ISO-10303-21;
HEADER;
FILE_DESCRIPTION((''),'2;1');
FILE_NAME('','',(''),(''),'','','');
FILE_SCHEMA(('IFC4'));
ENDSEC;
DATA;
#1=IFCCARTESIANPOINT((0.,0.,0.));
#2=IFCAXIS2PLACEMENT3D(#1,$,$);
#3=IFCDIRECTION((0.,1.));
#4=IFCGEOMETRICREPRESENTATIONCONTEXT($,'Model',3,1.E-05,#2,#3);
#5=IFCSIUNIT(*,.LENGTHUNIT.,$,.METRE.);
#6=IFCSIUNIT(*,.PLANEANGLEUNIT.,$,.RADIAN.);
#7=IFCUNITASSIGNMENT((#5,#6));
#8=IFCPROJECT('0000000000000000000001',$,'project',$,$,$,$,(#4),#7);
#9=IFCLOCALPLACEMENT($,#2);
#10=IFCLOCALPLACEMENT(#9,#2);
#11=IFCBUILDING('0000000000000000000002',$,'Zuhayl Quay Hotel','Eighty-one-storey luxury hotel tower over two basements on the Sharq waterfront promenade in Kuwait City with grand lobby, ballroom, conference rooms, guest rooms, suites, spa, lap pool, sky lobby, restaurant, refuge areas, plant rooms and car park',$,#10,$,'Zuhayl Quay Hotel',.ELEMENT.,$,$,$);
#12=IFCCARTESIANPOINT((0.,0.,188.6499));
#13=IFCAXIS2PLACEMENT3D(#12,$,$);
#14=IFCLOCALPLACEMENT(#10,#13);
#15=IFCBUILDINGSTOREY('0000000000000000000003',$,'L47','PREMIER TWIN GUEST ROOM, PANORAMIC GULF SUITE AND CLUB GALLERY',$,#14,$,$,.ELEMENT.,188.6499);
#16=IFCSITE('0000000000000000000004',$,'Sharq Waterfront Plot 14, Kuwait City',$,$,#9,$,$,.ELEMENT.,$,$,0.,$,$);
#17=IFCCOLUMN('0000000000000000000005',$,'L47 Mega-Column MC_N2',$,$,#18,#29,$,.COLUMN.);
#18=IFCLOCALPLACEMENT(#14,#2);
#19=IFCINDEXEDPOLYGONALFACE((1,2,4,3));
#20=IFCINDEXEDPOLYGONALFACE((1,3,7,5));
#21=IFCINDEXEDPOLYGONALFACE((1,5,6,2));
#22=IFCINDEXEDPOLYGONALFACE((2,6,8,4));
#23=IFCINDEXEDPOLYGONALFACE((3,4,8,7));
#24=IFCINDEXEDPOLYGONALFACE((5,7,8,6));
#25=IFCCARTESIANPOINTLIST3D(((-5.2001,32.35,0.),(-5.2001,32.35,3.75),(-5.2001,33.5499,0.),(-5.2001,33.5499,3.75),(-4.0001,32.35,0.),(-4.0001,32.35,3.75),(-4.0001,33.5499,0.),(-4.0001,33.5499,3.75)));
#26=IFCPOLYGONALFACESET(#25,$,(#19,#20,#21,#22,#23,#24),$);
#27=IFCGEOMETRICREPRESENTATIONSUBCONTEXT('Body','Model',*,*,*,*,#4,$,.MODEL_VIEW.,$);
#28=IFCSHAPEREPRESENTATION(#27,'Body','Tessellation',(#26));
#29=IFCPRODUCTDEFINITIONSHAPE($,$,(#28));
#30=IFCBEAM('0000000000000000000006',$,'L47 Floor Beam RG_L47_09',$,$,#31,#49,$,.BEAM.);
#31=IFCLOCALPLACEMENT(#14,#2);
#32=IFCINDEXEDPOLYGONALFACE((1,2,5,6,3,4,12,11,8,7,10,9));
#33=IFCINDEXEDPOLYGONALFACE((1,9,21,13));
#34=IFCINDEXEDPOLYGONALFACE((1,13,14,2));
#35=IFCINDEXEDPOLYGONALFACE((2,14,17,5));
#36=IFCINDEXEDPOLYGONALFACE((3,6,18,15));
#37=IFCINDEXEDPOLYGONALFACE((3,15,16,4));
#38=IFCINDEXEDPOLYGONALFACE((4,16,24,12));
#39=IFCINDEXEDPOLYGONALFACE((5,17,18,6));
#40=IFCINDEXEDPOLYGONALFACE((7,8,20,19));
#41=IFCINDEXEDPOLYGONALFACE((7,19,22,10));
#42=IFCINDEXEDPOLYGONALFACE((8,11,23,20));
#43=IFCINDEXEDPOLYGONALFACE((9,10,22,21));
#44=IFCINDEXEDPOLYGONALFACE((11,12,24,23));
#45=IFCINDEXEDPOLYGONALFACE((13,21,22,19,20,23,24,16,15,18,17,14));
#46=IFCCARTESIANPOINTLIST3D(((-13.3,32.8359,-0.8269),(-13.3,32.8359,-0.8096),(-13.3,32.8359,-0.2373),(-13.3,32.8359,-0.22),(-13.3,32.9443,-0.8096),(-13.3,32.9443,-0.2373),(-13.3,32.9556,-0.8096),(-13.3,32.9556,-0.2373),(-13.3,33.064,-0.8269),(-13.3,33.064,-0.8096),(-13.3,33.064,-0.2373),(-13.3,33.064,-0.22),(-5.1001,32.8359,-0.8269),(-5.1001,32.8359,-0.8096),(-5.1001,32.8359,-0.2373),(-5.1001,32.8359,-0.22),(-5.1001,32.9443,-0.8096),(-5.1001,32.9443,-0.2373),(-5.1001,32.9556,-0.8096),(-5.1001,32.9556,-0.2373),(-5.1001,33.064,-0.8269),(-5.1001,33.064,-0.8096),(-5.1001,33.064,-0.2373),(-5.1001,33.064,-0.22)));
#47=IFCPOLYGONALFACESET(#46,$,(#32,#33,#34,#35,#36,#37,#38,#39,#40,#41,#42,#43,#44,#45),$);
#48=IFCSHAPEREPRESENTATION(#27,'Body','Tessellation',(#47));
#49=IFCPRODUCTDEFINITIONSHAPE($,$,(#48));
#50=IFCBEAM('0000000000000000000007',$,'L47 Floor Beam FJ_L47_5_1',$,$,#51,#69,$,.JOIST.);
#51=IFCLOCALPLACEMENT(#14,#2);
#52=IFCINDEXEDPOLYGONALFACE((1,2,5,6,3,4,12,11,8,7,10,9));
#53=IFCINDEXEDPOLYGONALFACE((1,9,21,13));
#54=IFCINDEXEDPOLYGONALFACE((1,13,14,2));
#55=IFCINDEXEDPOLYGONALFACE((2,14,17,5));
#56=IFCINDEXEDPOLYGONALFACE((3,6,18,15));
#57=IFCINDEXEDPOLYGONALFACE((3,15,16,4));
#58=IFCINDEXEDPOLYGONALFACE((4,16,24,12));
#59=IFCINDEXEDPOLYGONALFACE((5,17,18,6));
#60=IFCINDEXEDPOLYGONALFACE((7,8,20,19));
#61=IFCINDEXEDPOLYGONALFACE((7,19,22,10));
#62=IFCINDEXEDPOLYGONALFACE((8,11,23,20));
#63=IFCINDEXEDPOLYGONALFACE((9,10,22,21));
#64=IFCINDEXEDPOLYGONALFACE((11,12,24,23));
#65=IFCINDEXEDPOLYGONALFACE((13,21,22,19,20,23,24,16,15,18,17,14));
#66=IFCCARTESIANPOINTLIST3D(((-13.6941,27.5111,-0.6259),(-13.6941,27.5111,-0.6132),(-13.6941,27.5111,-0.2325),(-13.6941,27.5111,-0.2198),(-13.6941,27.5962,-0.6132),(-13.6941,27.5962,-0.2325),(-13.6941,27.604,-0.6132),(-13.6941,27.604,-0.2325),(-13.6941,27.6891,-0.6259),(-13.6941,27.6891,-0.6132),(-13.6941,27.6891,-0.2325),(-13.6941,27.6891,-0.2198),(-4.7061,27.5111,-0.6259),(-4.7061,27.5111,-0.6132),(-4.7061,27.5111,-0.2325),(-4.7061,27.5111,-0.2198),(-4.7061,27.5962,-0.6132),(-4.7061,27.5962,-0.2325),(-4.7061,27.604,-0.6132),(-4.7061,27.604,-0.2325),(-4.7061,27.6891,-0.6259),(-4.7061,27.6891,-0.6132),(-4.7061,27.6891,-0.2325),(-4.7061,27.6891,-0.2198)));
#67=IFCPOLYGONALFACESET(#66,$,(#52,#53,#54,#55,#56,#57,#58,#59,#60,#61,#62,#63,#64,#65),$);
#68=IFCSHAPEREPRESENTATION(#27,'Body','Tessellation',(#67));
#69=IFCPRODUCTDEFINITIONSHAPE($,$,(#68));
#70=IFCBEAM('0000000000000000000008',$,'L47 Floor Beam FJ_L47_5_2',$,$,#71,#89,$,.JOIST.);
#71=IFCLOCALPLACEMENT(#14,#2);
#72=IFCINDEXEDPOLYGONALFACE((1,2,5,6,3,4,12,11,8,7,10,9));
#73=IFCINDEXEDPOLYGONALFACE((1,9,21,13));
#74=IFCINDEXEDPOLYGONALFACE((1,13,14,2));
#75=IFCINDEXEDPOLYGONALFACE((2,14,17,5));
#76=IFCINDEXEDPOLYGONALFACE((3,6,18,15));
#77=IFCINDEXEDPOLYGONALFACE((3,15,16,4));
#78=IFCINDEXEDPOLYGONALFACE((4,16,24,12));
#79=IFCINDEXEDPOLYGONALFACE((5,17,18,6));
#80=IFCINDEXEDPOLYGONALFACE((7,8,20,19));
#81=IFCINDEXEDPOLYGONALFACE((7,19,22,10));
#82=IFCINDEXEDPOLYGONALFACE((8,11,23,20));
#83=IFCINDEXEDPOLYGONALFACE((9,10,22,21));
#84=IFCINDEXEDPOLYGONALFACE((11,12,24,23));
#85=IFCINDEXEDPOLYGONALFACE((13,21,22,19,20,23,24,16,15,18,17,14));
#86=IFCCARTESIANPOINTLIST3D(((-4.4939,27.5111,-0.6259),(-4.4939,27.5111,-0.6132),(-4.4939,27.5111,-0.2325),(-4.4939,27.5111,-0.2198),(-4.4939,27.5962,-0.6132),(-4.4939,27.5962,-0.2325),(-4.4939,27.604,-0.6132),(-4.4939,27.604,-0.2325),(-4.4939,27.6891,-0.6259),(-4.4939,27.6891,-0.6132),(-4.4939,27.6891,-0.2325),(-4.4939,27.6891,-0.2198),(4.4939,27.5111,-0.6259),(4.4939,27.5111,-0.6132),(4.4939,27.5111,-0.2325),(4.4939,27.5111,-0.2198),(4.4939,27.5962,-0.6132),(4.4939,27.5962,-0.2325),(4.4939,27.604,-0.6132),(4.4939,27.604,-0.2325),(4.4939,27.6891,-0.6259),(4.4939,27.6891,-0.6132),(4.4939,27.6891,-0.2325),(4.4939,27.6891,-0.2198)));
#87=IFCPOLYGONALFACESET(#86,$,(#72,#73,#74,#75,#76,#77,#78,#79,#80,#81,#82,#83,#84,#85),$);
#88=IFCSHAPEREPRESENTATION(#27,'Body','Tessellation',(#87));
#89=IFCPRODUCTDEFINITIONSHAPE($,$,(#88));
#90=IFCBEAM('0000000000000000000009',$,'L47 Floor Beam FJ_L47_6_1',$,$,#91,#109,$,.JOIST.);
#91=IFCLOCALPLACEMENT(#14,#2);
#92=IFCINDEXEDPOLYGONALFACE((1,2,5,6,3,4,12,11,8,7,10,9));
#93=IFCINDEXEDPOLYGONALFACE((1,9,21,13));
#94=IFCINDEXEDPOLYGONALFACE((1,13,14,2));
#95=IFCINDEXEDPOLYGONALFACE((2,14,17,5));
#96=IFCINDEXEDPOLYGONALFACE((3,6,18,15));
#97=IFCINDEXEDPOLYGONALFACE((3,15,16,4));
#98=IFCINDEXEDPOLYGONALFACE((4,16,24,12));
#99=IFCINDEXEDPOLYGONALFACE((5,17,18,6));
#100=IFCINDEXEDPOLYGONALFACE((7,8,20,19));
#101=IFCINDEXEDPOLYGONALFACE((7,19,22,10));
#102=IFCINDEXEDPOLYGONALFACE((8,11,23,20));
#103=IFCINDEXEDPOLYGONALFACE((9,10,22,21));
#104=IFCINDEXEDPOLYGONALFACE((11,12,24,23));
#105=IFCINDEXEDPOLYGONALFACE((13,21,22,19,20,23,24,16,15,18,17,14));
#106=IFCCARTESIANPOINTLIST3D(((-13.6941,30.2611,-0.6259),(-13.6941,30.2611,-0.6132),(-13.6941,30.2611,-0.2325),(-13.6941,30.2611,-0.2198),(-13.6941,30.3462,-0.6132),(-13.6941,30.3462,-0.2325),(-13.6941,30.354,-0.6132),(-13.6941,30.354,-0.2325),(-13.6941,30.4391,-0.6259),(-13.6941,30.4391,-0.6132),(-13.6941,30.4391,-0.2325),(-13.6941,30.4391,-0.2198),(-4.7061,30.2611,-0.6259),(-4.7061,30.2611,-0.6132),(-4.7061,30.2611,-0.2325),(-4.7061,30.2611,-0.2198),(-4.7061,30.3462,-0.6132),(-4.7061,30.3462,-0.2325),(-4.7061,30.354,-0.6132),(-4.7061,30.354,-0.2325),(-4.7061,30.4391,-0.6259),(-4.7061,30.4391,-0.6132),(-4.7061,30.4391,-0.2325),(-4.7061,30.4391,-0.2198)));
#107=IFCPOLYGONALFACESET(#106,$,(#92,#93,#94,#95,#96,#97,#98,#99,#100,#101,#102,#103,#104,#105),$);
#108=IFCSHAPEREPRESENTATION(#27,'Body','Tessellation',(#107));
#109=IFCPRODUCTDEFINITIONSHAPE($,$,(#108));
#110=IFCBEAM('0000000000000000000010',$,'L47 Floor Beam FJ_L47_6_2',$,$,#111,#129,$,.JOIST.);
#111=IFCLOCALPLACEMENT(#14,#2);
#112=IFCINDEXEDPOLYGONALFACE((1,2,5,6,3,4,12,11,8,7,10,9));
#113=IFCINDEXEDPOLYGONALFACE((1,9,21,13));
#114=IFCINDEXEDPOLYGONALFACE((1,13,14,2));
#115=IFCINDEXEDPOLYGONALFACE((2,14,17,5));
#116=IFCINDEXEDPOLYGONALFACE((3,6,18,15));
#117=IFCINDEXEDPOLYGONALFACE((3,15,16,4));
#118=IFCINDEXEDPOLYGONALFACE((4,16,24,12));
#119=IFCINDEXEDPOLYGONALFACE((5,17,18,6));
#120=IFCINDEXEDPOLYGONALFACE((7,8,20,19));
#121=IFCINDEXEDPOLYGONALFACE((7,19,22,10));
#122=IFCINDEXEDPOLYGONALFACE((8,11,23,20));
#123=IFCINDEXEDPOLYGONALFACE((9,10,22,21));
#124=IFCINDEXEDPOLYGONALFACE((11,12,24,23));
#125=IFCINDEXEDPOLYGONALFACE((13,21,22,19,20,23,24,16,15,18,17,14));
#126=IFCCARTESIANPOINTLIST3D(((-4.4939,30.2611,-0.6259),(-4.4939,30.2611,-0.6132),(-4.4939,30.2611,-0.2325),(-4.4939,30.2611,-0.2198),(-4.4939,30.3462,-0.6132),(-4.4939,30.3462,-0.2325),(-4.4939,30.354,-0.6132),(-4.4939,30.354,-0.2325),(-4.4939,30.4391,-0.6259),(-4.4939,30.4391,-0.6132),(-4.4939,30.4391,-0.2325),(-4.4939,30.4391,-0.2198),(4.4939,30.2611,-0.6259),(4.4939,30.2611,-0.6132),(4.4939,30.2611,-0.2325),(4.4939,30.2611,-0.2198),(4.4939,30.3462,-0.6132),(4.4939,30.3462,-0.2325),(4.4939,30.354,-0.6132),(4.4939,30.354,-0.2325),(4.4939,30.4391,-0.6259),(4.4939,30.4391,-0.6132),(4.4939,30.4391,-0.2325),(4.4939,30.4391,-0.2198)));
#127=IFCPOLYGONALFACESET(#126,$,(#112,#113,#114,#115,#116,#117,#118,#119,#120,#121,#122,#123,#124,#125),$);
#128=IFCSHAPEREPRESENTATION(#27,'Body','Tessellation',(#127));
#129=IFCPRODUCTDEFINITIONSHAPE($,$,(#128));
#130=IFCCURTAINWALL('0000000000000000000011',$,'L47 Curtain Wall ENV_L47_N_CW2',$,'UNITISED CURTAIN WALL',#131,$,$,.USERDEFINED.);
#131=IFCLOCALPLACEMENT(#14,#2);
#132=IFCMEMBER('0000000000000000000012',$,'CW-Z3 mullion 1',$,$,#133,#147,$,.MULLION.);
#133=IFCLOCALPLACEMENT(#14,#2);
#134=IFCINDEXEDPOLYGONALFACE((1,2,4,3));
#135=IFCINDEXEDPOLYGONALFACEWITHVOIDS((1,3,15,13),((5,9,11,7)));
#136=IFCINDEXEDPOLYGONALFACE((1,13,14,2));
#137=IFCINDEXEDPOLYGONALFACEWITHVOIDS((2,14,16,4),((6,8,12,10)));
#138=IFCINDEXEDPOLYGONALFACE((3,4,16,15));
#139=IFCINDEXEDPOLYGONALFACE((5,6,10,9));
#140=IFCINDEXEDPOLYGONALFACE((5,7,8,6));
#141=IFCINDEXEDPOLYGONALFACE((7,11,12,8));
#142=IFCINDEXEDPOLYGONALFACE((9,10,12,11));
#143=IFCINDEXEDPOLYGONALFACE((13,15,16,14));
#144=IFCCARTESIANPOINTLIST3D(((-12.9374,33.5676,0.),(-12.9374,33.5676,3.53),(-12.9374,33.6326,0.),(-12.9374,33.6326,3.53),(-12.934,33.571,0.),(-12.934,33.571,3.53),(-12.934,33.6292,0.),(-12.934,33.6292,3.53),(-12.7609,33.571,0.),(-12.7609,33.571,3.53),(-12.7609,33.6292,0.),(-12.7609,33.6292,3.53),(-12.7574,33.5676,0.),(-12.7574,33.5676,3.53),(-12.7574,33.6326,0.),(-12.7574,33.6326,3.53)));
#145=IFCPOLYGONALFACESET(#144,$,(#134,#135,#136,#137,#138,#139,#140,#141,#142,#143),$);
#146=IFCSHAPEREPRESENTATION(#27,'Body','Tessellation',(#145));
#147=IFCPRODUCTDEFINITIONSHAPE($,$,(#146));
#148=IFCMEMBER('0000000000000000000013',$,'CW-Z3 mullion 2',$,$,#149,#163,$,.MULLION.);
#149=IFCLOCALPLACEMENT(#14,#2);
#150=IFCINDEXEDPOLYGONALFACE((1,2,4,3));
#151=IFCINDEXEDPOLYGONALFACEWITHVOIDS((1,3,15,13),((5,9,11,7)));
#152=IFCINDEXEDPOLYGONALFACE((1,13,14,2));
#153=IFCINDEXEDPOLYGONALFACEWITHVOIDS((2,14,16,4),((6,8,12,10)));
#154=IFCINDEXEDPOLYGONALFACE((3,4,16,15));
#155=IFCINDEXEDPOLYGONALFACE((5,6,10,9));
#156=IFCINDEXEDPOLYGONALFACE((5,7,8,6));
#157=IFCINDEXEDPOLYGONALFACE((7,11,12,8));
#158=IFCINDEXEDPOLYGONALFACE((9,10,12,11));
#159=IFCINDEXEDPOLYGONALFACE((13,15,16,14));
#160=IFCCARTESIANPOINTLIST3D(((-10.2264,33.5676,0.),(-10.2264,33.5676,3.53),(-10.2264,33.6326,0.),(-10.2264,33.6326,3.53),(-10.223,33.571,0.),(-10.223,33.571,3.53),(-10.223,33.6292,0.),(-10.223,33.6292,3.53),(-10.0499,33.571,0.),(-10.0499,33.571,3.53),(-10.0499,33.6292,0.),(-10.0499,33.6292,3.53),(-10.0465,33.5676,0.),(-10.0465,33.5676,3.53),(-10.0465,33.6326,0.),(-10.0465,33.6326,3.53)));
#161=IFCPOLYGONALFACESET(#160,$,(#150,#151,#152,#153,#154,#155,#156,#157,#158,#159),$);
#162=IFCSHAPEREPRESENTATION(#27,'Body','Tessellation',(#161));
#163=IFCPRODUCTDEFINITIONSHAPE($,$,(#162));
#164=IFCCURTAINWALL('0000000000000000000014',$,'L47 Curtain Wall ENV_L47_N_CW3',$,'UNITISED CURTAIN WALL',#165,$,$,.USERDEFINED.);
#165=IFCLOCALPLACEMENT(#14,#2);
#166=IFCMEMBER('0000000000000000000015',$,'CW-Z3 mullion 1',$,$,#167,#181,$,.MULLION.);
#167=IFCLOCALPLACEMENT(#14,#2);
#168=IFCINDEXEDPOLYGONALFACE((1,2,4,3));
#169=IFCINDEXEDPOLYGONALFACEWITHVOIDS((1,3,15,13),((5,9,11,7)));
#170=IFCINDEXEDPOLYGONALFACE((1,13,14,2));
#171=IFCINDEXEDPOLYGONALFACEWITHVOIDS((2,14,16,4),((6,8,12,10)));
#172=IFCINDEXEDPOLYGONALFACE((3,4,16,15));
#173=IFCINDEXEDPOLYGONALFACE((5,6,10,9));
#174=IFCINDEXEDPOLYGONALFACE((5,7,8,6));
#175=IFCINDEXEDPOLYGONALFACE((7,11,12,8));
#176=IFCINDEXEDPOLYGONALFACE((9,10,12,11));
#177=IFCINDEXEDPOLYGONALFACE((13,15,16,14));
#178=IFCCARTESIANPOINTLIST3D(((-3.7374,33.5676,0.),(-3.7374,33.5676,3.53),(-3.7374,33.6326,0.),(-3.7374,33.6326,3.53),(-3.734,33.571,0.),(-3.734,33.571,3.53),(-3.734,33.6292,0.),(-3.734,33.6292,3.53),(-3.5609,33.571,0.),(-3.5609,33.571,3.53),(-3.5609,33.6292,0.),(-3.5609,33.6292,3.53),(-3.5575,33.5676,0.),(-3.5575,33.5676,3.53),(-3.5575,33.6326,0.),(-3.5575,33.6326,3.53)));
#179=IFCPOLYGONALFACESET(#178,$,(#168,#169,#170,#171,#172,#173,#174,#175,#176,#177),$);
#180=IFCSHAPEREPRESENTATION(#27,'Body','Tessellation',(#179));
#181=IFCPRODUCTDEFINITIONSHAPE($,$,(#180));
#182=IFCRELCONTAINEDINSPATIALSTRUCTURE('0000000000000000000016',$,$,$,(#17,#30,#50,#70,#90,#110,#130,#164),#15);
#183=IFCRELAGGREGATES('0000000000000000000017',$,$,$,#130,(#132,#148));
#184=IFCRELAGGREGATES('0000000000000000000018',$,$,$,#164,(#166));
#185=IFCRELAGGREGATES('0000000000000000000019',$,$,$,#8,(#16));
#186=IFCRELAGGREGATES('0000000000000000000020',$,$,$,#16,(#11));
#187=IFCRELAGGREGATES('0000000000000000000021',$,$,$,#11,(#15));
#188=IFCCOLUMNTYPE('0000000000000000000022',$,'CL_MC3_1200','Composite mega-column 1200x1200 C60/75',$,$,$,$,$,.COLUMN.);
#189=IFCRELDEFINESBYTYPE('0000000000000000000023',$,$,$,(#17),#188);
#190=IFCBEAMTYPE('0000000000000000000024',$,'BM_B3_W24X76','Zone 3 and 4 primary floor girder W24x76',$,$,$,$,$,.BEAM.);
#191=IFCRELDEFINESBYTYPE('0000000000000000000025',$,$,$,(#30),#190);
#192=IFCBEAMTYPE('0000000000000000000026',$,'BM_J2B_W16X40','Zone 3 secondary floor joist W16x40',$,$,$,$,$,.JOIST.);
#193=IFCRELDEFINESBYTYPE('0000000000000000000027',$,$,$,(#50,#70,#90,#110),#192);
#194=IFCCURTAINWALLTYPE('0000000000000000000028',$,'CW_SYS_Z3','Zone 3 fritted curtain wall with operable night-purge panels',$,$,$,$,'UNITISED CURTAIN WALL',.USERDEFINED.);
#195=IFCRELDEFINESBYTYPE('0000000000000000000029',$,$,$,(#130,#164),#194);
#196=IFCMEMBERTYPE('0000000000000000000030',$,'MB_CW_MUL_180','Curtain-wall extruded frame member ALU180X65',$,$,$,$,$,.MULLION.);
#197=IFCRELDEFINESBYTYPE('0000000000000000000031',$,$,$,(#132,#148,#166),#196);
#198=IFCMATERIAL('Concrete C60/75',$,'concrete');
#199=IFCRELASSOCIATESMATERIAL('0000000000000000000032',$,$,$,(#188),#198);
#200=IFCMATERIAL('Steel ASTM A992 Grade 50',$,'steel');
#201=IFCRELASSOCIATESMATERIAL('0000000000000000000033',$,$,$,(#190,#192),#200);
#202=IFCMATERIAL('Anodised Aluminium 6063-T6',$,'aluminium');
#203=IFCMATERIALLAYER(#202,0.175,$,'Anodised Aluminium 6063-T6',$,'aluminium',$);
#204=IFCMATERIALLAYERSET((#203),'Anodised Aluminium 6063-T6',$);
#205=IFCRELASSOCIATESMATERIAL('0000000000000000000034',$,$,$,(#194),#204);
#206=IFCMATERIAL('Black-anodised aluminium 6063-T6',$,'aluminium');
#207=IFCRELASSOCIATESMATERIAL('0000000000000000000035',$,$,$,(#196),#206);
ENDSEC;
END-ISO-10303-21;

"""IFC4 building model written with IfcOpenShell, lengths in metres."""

from ifc_helpers import new_model, si_unit, direction, frame, origin, origin_2d, place, context, subcontext, project, spatial, rectangle, hollow_rectangle, i_section, extrude, material, layer, layer_set, material_profile, profile_set, type_object, element, aggregate, save


model = new_model("IFC4")

# Units and contexts
model_context = context("Model", 3, precision=1e-05, world=origin(), true_north=direction((0.0, 1.0)))
body_context = subcontext(model_context, "Body", "Model", "MODEL_VIEW")
ifc_project = project(units=[si_unit("LENGTHUNIT", "METRE"), si_unit("PLANEANGLEUNIT", "RADIAN")], contexts=[model_context])

# Site, building, storey
site_placement = place(None, origin())
site = spatial("IfcSite", under=ifc_project, at=site_placement, Name="Sharq Waterfront Plot 14, Kuwait City", CompositionType="ELEMENT", RefElevation=0.0)
building_placement = place(site_placement, origin())
building = spatial("IfcBuilding", under=site, at=building_placement, Name="Zuhayl Quay Hotel", Description="Eighty-one-storey luxury hotel tower over two basements on the Sharq waterfront promenade in Kuwait City with grand lobby, ballroom, conference rooms, guest rooms, suites, spa, lap pool, sky lobby, restaurant, refuge areas, plant rooms and car park", LongName="Zuhayl Quay Hotel", CompositionType="ELEMENT")
storey_placement = place(building_placement, frame((0.0, 0.0, 188.6499)))
storey = spatial("IfcBuildingStorey", under=building, at=storey_placement, Name="L47", Description="PREMIER TWIN GUEST ROOM, PANORAMIC GULF SUITE AND CLUB GALLERY", CompositionType="ELEMENT", Elevation=188.6499)

# Column
ifc_material_1 = material(Name="Concrete C60/75", Category="concrete")
ifc_material_profile_1 = material_profile(ifc_material_1, rectangle(XDim=1.2, YDim=1.2, at=origin_2d()), Name="RC1200X1200")
ifc_profile_set_1 = profile_set([ifc_material_profile_1], Name="Concrete C60/75")
column_type = type_object("IfcColumnType", Name="CL_MC3_1200", Description="Composite mega-column 1200x1200 C60/75", PredefinedType="COLUMN", material=ifc_profile_set_1)
column_placement = place(storey_placement, frame((-4.6001, 32.95, 0.0), z_axis=(0.0, 0.0, 1.0), x_axis=(1.0, 0.0, 0.0)))
element("IfcColumn", 1, at=column_placement, inside=storey, type_object=column_type, Name="L47 Mega-Column MC_N2", PredefinedType="COLUMN", context=body_context, shape_type="SweptSolid", body=[
    extrude(rectangle(XDim=1.2, YDim=1.2, at=origin_2d()), origin(), (0.0, 0.0, 1.0), 3.75),
])

# Beams
ifc_material_2 = material(Name="Steel ASTM A992 Grade 50", Category="steel")
ifc_material_profile_2 = material_profile(ifc_material_2, i_section(OverallWidth=0.228, OverallDepth=0.6069, WebThickness=0.0112, FlangeThickness=0.0173, at=origin_2d()), Name="W24X76")
ifc_profile_set_2 = profile_set([ifc_material_profile_2], Name="Steel ASTM A992 Grade 50")
beam_type_1 = type_object("IfcBeamType", Name="BM_B3_W24X76", Description="Zone 3 and 4 primary floor girder W24x76", PredefinedType="BEAM", material=ifc_profile_set_2)
beam_1_placement = place(storey_placement, frame((-5.1001, 32.95, -0.5234), z_axis=(-1.0, 0.0, 0.0), x_axis=(0.0, -1.0, 0.0)))
element("IfcBeam", 2, at=beam_1_placement, inside=storey, type_object=beam_type_1, Name="L47 Floor Beam RG_L47_09", PredefinedType="BEAM", context=body_context, shape_type="SweptSolid", body=[
    extrude(i_section(OverallWidth=0.228, OverallDepth=0.6069, WebThickness=0.0112, FlangeThickness=0.0173, at=origin_2d()), origin(), (0.0, 0.0, 1.0), 8.2),
])
ifc_material_profile_3 = material_profile(ifc_material_2, i_section(OverallWidth=0.178, OverallDepth=0.406, WebThickness=0.0078, FlangeThickness=0.0127, at=origin_2d()), Name="W16X40")
ifc_profile_set_3 = profile_set([ifc_material_profile_3], Name="Steel ASTM A992 Grade 50")
beam_type_2 = type_object("IfcBeamType", Name="BM_J2B_W16X40", Description="Zone 3 secondary floor joist W16x40", PredefinedType="JOIST", material=ifc_profile_set_3)
beam_2_placement = place(storey_placement, frame((-13.6941, 27.6001, -0.4229), z_axis=(1.0, 0.0, 0.0), x_axis=(0.0, 1.0, 0.0)))
element("IfcBeam", 3, at=beam_2_placement, inside=storey, type_object=beam_type_2, Name="L47 Floor Beam FJ_L47_5_1", PredefinedType="JOIST", context=body_context, shape_type="SweptSolid", body=[
    extrude(i_section(OverallWidth=0.178, OverallDepth=0.406, WebThickness=0.0078, FlangeThickness=0.0127, at=origin_2d()), origin(), (0.0, 0.0, 1.0), 8.988),
])
beam_3_placement = place(storey_placement, frame((-4.4939, 27.6001, -0.4229), z_axis=(1.0, 0.0, 0.0), x_axis=(0.0, 1.0, 0.0)))
element("IfcBeam", 4, at=beam_3_placement, inside=storey, type_object=beam_type_2, Name="L47 Floor Beam FJ_L47_5_2", PredefinedType="JOIST", context=body_context, shape_type="SweptSolid", body=[
    extrude(i_section(OverallWidth=0.178, OverallDepth=0.406, WebThickness=0.0078, FlangeThickness=0.0127, at=origin_2d()), origin(), (0.0, 0.0, 1.0), 8.9878),
])
beam_4_placement = place(storey_placement, frame((-13.6941, 30.3501, -0.4229), z_axis=(1.0, 0.0, 0.0), x_axis=(0.0, 1.0, 0.0)))
element("IfcBeam", 5, at=beam_4_placement, inside=storey, type_object=beam_type_2, Name="L47 Floor Beam FJ_L47_6_1", PredefinedType="JOIST", context=body_context, shape_type="SweptSolid", body=[
    extrude(i_section(OverallWidth=0.178, OverallDepth=0.406, WebThickness=0.0078, FlangeThickness=0.0127, at=origin_2d()), origin(), (0.0, 0.0, 1.0), 8.988),
])
beam_5_placement = place(storey_placement, frame((-4.4939, 30.3501, -0.4229), z_axis=(1.0, 0.0, 0.0), x_axis=(0.0, 1.0, 0.0)))
element("IfcBeam", 6, at=beam_5_placement, inside=storey, type_object=beam_type_2, Name="L47 Floor Beam FJ_L47_6_2", PredefinedType="JOIST", context=body_context, shape_type="SweptSolid", body=[
    extrude(i_section(OverallWidth=0.178, OverallDepth=0.406, WebThickness=0.0078, FlangeThickness=0.0127, at=origin_2d()), origin(), (0.0, 0.0, 1.0), 8.9878),
])

# Curtain walls, members
ifc_material_3 = material(Name="Anodised Aluminium 6063-T6", Category="aluminium")
ifc_layer_1 = layer(ifc_material_3, 0.175, Name="Anodised Aluminium 6063-T6", Category="aluminium")
ifc_layer_set_1 = layer_set([ifc_layer_1], Name="Anodised Aluminium 6063-T6")
curtain_wall_type = type_object("IfcCurtainWallType", Name="CW_SYS_Z3", Description="Zone 3 fritted curtain wall with operable night-purge panels", ElementType="UNITISED CURTAIN WALL", PredefinedType="USERDEFINED", material=ifc_layer_set_1)
curtain_wall_1_placement = place(storey_placement, origin())
curtain_wall_1 = element("IfcCurtainWall", 7, at=curtain_wall_1_placement, inside=storey, type_object=curtain_wall_type, Name="L47 Curtain Wall ENV_L47_N_CW2", ObjectType="UNITISED CURTAIN WALL", PredefinedType="USERDEFINED")
ifc_material_4 = material(Name="Black-anodised aluminium 6063-T6", Category="aluminium")
ifc_material_profile_4 = material_profile(ifc_material_4, hollow_rectangle(XDim=0.0649, YDim=0.1799, WallThickness=0.0034, at=origin_2d()), Name="ALU180X65")
ifc_profile_set_4 = profile_set([ifc_material_profile_4], Name="Black-anodised aluminium 6063-T6")
member_type_1 = type_object("IfcMemberType", Name="MB_CW_MUL_180", Description="Curtain-wall extruded frame member ALU180X65", PredefinedType="MULLION", material=ifc_profile_set_4)
member_1_placement = place(storey_placement, frame((-12.8474, 33.6001, 0.0), z_axis=(0.0, 0.0, 1.0), x_axis=(0.0, 1.0, 0.0)))
member_1 = element("IfcMember", 8, at=member_1_placement, type_object=member_type_1, Name="CW-Z3 mullion 1", PredefinedType="MULLION", context=body_context, shape_type="SweptSolid", body=[
    extrude(hollow_rectangle(XDim=0.0649, YDim=0.1799, WallThickness=0.0034, at=origin_2d()), origin(), (0.0, 0.0, 1.0), 3.53),
])
member_2_placement = place(storey_placement, frame((-10.1365, 33.6001, 0.0), z_axis=(0.0, 0.0, 1.0), x_axis=(0.0, 1.0, 0.0)))
member_2 = element("IfcMember", 9, at=member_2_placement, type_object=member_type_1, Name="CW-Z3 mullion 2", PredefinedType="MULLION", context=body_context, shape_type="SweptSolid", body=[
    extrude(hollow_rectangle(XDim=0.0649, YDim=0.1799, WallThickness=0.0034, at=origin_2d()), origin(), (0.0, 0.0, 1.0), 3.53),
])
curtain_wall_2_placement = place(storey_placement, origin())
curtain_wall_2 = element("IfcCurtainWall", 10, at=curtain_wall_2_placement, inside=storey, type_object=curtain_wall_type, Name="L47 Curtain Wall ENV_L47_N_CW3", ObjectType="UNITISED CURTAIN WALL", PredefinedType="USERDEFINED")
member_3_placement = place(storey_placement, frame((-3.6475, 33.6001, 0.0), z_axis=(0.0, 0.0, 1.0), x_axis=(0.0, 1.0, 0.0)))
member_3 = element("IfcMember", 11, at=member_3_placement, type_object=member_type_1, Name="CW-Z3 mullion 1", PredefinedType="MULLION", context=body_context, shape_type="SweptSolid", body=[
    extrude(hollow_rectangle(XDim=0.0649, YDim=0.1799, WallThickness=0.0034, at=origin_2d()), origin(), (0.0, 0.0, 1.0), 3.53),
])

aggregate(curtain_wall_1, [member_1, member_2])
aggregate(curtain_wall_2, [member_3])

save(model, "model.ifc")
